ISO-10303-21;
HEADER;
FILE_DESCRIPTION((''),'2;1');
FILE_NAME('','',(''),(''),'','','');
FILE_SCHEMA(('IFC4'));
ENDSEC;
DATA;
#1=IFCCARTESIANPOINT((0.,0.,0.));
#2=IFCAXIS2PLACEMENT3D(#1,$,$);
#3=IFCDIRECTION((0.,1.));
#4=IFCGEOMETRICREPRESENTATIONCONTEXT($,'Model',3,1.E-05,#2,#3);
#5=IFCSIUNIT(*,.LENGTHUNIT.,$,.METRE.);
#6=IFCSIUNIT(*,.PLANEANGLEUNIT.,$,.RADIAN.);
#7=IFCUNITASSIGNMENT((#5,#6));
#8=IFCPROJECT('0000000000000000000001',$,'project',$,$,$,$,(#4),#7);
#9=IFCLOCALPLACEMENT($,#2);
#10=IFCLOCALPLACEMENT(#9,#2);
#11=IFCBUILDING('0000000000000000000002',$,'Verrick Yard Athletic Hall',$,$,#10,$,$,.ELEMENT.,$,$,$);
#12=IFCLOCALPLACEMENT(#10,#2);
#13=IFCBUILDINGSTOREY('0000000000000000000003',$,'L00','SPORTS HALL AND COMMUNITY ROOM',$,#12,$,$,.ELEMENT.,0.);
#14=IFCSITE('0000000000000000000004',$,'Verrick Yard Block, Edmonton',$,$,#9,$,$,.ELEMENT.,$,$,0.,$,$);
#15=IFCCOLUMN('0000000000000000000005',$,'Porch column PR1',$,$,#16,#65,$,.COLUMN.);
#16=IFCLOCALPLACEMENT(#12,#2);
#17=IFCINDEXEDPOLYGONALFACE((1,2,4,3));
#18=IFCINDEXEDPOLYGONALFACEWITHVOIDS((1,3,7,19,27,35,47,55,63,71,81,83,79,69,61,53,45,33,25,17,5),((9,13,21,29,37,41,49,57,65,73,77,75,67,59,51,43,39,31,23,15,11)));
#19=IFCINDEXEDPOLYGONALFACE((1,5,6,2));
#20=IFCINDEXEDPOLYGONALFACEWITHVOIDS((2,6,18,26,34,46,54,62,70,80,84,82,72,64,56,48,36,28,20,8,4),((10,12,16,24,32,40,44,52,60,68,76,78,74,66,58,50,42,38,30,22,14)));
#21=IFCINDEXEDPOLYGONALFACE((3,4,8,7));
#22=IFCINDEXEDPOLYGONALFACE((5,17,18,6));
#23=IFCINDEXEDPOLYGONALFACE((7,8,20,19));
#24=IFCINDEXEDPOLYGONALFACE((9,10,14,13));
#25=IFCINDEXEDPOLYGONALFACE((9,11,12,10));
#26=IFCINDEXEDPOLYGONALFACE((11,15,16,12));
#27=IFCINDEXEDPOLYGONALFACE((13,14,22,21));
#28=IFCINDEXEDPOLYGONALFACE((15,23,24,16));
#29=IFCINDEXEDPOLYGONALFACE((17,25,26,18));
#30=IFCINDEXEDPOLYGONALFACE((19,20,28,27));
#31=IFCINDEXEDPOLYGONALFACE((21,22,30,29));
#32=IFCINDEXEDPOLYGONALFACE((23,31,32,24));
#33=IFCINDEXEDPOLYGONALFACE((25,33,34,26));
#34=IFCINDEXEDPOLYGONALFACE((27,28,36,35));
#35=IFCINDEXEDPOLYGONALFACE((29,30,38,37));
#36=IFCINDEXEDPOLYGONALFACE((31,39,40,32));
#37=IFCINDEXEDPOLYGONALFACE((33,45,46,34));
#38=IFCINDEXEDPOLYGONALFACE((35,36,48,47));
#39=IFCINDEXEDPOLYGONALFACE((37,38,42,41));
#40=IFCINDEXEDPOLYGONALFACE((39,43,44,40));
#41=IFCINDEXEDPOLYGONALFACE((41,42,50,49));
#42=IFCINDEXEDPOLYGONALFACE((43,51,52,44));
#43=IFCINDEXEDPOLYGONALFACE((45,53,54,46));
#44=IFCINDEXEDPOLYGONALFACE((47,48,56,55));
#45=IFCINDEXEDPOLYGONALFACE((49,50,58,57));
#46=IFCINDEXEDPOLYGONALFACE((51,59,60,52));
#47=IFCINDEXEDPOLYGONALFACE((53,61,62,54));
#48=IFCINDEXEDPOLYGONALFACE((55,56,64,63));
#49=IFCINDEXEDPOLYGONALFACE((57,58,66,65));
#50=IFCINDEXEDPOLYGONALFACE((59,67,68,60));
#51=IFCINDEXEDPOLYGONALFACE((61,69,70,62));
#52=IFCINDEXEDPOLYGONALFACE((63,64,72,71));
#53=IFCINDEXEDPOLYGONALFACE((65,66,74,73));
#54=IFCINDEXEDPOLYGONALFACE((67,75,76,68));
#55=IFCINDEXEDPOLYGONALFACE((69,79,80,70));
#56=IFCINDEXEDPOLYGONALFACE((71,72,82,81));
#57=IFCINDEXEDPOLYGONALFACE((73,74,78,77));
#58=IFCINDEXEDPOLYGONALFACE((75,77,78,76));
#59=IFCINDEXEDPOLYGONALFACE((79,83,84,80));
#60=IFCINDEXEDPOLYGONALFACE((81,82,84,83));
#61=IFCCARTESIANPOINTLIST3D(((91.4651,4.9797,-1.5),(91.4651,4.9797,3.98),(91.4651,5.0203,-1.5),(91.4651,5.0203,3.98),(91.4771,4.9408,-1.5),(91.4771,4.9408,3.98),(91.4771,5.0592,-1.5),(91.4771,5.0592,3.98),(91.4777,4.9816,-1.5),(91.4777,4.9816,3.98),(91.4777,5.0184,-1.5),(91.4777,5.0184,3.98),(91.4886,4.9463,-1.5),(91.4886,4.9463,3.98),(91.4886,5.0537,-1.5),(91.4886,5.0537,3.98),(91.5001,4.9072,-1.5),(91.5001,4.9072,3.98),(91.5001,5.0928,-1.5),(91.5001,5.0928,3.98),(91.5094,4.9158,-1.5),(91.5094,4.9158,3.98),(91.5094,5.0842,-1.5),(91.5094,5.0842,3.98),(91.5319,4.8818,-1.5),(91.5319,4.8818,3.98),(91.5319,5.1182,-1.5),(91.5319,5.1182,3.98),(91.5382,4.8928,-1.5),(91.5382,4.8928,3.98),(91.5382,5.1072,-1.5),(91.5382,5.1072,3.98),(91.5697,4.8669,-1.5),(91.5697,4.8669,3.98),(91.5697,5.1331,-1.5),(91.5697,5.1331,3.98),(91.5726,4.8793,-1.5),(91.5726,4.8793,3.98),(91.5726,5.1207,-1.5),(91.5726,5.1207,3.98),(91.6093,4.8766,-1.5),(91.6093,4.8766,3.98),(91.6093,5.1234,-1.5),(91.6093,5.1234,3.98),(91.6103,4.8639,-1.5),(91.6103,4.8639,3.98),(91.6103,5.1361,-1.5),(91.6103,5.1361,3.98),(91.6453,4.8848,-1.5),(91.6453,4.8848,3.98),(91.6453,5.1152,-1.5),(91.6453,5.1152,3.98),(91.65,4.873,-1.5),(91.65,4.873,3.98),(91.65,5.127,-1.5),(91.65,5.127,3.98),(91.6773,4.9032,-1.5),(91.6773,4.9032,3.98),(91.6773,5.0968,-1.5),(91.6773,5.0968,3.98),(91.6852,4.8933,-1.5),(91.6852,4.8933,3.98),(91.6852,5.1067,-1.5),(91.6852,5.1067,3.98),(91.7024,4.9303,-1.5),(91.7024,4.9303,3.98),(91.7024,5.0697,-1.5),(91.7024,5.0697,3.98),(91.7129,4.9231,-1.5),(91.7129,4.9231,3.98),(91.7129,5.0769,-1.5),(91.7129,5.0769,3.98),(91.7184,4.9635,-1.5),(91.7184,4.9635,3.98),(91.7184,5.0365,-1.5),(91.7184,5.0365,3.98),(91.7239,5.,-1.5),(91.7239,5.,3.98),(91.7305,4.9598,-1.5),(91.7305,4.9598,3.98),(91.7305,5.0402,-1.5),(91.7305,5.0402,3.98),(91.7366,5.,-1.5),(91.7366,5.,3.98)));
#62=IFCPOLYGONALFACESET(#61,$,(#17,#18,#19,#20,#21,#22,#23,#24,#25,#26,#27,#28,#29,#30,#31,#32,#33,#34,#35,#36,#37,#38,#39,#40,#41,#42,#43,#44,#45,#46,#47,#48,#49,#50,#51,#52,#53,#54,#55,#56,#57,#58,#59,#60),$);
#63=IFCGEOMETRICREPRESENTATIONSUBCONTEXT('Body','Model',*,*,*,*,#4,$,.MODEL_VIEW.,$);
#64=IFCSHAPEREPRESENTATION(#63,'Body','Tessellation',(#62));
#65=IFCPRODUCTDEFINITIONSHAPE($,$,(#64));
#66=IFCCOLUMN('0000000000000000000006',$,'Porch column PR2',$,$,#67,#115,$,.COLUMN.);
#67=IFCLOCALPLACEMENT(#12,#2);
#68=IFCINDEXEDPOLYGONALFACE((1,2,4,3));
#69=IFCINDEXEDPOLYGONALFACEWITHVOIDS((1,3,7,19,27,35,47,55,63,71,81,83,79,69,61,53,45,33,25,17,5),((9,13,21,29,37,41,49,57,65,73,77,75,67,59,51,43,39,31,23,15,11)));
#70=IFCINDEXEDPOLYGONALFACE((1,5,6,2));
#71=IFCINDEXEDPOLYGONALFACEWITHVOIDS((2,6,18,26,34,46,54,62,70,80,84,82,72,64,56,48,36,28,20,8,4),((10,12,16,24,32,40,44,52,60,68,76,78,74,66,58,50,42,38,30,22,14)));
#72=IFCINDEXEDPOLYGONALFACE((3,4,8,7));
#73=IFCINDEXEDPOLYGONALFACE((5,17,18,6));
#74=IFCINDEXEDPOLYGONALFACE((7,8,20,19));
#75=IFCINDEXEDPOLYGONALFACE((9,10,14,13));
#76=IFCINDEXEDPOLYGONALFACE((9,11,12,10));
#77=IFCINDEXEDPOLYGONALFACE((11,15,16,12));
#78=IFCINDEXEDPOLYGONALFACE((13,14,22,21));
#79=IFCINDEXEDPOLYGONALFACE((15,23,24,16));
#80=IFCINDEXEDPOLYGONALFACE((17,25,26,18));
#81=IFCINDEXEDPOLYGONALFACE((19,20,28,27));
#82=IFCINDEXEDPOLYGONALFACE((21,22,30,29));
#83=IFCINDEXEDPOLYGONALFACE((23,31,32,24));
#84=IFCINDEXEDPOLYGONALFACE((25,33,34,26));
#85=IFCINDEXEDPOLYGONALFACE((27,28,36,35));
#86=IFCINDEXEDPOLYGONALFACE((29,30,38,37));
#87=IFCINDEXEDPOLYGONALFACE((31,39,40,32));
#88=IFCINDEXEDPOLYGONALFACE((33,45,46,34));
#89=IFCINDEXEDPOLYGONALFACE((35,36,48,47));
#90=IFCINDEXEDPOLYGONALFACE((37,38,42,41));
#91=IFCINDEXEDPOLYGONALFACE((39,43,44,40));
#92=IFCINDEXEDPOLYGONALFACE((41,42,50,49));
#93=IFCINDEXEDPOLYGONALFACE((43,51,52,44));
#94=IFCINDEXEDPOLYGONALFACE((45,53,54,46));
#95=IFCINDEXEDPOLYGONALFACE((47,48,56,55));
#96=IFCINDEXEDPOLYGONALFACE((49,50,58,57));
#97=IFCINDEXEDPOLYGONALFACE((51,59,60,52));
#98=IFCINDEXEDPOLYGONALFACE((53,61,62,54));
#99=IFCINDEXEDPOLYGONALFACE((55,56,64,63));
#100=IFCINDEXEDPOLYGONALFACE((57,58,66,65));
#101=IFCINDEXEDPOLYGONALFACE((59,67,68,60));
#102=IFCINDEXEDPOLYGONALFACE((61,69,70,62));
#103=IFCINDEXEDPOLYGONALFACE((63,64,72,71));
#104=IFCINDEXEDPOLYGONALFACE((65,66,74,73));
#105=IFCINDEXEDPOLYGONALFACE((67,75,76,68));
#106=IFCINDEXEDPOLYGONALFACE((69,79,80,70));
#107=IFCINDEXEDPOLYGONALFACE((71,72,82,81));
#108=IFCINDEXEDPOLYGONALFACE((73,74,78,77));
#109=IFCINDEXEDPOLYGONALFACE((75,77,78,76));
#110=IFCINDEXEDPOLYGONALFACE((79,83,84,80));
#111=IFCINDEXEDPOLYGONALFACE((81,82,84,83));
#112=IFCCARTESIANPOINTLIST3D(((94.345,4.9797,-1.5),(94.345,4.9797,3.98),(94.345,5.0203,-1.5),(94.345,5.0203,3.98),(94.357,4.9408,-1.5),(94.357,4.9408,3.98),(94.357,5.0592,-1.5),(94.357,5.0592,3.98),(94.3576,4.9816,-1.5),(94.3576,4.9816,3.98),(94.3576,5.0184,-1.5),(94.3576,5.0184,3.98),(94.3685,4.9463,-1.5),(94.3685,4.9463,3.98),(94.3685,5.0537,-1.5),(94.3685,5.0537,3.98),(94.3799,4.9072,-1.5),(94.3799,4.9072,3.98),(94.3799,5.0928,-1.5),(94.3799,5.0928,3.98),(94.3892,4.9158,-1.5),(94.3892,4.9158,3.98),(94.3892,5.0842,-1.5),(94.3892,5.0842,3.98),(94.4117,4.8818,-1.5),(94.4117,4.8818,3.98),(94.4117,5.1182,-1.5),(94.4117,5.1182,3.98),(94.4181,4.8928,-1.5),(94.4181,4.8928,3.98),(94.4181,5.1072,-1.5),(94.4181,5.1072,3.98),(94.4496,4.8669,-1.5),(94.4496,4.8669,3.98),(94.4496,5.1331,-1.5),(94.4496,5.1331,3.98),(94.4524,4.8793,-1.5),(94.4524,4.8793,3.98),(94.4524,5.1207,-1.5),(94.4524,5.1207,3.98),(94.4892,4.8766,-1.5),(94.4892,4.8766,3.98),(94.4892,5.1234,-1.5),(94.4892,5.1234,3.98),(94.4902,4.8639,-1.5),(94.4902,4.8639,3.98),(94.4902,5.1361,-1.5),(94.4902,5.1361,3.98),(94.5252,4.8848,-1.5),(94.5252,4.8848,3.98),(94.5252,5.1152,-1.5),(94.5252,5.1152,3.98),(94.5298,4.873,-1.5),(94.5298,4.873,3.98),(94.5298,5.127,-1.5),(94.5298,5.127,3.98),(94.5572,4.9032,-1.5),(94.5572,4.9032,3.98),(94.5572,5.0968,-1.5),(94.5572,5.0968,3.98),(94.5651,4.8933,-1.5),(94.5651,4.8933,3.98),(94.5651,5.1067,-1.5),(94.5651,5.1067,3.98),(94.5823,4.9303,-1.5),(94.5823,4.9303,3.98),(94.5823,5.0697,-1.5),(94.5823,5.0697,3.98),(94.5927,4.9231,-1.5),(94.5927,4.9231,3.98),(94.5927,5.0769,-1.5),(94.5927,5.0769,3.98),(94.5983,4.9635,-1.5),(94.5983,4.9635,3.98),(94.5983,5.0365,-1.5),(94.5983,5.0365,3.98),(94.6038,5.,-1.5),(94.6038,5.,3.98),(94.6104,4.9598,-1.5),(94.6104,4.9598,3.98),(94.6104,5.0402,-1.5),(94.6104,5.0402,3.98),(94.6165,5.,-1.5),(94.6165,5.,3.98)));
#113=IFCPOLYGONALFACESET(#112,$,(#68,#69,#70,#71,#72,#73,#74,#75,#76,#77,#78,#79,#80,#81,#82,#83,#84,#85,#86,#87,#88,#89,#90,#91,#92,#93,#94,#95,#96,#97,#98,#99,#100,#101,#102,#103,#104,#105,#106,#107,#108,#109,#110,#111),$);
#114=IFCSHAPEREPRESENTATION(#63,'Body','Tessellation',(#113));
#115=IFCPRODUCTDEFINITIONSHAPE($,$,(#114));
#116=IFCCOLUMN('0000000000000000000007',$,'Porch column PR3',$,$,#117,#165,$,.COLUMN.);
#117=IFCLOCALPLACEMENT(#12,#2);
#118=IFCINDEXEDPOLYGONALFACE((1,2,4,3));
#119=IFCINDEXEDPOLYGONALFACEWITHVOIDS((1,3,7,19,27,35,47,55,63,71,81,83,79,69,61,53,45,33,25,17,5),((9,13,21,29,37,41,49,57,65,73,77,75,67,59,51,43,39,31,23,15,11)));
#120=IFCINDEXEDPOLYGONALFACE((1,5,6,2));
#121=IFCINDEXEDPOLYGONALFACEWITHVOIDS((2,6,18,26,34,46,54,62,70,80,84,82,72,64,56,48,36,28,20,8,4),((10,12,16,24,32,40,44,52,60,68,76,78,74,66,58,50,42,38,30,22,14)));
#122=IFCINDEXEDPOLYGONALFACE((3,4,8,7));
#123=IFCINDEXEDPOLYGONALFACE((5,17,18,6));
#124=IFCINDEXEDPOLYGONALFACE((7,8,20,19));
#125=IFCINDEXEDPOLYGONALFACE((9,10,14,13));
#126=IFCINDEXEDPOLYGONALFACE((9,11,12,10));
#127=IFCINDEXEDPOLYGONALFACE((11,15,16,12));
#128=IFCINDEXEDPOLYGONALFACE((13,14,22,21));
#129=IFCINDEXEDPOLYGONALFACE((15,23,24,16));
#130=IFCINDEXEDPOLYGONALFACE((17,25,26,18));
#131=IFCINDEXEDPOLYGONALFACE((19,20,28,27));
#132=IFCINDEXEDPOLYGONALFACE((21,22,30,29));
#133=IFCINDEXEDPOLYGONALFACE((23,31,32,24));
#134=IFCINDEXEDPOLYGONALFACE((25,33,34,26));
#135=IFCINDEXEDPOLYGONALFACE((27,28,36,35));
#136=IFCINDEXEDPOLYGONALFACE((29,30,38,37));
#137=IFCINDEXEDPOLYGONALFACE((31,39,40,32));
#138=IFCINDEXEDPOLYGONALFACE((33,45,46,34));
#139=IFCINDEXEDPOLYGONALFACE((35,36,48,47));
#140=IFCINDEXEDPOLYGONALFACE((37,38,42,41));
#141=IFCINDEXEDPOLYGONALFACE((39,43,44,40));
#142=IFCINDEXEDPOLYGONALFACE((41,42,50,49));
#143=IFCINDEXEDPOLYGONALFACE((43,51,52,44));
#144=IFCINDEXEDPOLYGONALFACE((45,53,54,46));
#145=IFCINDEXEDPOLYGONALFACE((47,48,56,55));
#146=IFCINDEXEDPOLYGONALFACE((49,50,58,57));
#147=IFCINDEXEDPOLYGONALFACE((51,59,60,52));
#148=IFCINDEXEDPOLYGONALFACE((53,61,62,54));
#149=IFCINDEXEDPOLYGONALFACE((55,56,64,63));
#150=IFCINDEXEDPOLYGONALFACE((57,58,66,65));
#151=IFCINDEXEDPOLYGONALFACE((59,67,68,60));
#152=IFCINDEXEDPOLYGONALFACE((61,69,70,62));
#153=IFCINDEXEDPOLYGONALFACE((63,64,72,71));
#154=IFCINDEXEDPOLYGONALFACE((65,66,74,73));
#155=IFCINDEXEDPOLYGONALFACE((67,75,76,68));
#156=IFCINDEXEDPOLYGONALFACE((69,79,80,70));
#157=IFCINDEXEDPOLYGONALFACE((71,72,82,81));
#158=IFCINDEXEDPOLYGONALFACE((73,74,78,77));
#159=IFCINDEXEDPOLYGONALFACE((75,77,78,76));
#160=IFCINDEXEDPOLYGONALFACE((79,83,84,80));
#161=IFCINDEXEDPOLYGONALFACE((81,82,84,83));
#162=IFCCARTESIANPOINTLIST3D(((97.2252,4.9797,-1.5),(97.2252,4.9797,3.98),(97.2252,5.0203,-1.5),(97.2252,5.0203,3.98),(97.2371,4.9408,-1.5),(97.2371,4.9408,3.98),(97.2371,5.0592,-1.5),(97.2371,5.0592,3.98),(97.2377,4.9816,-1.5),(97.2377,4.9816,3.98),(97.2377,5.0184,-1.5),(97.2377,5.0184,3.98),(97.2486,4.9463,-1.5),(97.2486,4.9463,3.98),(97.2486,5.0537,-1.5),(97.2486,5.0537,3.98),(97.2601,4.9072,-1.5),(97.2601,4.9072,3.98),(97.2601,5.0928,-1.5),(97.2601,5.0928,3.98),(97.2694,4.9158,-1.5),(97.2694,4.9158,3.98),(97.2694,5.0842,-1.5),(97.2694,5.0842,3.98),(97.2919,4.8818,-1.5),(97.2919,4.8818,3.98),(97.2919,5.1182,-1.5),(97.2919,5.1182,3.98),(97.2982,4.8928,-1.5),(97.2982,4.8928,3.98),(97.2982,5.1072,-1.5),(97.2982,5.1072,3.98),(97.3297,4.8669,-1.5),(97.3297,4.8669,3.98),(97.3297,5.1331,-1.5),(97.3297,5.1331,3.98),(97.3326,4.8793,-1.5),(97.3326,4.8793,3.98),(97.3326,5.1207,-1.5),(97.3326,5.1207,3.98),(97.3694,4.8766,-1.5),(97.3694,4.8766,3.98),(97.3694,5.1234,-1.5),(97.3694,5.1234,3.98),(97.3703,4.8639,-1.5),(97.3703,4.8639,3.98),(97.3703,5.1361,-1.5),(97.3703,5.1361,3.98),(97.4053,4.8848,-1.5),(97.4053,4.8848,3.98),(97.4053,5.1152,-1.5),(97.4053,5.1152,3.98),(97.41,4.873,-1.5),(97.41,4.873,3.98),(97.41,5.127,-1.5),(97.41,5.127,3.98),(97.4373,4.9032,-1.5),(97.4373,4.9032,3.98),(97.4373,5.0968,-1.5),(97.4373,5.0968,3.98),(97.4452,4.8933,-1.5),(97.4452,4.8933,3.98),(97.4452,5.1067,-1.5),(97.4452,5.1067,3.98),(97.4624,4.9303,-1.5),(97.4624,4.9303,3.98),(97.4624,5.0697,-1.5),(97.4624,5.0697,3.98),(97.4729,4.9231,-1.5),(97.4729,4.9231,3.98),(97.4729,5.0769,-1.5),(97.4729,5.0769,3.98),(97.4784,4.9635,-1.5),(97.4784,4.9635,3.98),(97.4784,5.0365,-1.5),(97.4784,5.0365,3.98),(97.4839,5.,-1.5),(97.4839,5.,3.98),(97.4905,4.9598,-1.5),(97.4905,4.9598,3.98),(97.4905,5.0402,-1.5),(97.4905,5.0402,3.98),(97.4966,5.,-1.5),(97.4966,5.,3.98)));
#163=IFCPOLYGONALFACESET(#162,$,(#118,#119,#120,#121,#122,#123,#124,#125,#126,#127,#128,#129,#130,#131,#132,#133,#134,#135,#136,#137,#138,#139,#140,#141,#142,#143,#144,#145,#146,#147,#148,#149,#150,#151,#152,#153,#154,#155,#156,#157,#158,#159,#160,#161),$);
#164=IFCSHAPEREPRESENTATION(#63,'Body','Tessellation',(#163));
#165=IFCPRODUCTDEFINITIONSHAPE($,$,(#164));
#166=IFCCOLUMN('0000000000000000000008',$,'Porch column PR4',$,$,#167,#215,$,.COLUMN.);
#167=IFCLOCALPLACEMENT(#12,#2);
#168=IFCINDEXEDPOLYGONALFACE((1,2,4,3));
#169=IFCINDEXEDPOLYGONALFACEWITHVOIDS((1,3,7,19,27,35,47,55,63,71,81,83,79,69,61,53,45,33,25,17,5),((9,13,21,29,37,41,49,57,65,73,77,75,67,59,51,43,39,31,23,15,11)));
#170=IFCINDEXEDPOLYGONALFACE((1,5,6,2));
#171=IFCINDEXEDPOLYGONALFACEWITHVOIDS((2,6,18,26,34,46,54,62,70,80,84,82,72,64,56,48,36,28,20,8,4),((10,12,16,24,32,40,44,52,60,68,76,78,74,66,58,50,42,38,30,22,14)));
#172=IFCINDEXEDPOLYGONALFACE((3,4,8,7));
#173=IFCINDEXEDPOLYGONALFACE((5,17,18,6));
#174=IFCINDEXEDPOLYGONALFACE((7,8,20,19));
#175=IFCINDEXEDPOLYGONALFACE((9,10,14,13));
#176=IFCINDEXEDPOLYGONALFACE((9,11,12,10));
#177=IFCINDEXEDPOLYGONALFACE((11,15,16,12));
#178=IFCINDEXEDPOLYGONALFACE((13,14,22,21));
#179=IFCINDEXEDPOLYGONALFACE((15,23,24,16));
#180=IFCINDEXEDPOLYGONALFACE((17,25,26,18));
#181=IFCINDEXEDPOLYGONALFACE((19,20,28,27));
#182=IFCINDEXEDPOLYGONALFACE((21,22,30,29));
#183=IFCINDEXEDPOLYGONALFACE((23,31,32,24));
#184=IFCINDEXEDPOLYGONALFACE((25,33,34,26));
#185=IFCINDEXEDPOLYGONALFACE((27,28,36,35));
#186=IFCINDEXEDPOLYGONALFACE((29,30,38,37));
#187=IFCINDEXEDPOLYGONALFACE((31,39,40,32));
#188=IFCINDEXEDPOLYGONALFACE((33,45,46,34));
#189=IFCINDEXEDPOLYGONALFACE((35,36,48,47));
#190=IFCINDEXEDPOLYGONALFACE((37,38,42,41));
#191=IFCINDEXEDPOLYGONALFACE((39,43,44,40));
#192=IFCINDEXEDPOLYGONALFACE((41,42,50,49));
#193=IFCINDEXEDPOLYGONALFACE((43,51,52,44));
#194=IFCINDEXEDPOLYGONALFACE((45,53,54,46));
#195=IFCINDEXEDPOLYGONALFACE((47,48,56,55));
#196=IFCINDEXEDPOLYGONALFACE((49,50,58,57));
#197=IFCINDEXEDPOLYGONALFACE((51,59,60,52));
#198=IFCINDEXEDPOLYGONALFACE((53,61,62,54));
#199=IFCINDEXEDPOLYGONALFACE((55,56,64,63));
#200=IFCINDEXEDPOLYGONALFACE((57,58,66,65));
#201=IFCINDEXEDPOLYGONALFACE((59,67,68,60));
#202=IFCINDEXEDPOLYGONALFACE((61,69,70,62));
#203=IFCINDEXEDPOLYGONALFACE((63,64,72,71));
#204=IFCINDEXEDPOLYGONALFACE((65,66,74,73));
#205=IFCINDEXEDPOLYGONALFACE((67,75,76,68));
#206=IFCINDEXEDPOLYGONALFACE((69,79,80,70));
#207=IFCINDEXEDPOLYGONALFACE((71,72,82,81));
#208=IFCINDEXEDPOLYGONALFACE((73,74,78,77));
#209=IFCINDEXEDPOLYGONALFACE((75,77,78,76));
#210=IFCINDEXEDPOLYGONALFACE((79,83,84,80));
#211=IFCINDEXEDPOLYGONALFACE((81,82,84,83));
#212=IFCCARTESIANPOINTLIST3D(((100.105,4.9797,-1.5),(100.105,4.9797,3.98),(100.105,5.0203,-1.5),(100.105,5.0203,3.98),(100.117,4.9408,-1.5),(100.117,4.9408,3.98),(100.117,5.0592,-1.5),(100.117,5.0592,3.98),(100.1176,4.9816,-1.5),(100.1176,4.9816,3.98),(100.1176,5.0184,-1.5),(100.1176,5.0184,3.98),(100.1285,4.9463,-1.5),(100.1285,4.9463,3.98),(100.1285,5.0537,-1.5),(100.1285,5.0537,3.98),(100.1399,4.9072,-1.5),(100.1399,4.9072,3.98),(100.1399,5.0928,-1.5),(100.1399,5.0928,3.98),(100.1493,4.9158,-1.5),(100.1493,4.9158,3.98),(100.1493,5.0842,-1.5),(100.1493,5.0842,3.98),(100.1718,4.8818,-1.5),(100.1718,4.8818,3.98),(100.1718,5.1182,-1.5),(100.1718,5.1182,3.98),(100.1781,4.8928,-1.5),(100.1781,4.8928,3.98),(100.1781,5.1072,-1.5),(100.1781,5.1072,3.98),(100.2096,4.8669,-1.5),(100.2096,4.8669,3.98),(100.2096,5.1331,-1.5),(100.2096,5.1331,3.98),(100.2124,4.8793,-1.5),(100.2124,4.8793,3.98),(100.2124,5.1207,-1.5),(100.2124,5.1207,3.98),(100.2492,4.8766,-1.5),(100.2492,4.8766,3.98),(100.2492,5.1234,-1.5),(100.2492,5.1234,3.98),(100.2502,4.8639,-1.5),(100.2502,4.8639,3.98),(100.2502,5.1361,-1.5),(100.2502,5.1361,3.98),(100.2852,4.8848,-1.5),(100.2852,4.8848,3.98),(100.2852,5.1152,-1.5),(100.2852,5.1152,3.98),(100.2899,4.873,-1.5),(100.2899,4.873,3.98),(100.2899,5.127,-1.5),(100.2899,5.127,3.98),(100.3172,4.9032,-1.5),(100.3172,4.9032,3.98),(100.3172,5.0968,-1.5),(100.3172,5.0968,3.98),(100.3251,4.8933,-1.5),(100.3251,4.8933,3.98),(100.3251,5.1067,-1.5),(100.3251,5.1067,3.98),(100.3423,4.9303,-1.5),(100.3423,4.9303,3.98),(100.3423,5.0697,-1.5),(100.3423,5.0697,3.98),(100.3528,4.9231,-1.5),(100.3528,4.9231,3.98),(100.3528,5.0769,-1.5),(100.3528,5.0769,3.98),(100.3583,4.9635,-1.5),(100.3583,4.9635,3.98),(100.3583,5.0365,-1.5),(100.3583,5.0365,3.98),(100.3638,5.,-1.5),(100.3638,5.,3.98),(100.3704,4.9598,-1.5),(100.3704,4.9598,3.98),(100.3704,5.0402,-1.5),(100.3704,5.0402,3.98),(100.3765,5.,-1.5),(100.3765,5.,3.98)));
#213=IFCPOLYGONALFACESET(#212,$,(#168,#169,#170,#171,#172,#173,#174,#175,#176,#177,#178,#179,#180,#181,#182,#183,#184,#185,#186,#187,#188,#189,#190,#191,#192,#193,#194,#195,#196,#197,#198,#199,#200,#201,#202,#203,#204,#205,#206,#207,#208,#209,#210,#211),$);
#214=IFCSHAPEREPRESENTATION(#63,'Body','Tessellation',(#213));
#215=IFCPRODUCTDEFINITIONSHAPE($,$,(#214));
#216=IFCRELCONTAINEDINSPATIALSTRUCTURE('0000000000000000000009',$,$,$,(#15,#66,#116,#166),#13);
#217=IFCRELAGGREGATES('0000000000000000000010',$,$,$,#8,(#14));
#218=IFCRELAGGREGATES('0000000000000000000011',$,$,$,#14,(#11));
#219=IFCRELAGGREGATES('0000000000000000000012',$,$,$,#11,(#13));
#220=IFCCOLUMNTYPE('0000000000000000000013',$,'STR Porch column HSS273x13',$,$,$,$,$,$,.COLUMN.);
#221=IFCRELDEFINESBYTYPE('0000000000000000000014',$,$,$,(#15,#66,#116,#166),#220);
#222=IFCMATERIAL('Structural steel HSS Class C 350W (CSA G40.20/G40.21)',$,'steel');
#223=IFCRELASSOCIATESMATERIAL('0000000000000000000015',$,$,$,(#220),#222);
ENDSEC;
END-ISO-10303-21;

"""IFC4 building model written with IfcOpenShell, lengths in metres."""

from ifc_helpers import new_model, si_unit, direction, frame, origin, origin_2d, place, context, subcontext, project, spatial, hollow_circle, extrude, material, material_profile, profile_set, type_object, element, save


model = new_model("IFC4")

# Units and contexts
model_context = context("Model", 3, precision=1e-05, world=origin(), true_north=direction((0.0, 1.0)))
body_context = subcontext(model_context, "Body", "Model", "MODEL_VIEW")
ifc_project = project(units=[si_unit("LENGTHUNIT", "METRE"), si_unit("PLANEANGLEUNIT", "RADIAN")], contexts=[model_context])

# Site, building, storey
site_placement = place(None, origin())
site = spatial("IfcSite", under=ifc_project, at=site_placement, Name="Verrick Yard Block, Edmonton", CompositionType="ELEMENT", RefElevation=0.0)
building_placement = place(site_placement, origin())
building = spatial("IfcBuilding", under=site, at=building_placement, Name="Verrick Yard Athletic Hall", CompositionType="ELEMENT")
storey_placement = place(building_placement, origin())
storey = spatial("IfcBuildingStorey", under=building, at=storey_placement, Name="L00", Description="SPORTS HALL AND COMMUNITY ROOM", CompositionType="ELEMENT", Elevation=0.0)

# Columns
ifc_material_1 = material(Name="Structural steel HSS Class C 350W (CSA G40.20/G40.21)", Category="steel")
ifc_material_profile_1 = material_profile(ifc_material_1, hollow_circle(Radius=0.1365, WallThickness=0.0127, at=origin_2d()), Name="HSS273x13")
ifc_profile_set_1 = profile_set([ifc_material_profile_1], Name="Structural steel HSS Class C 350W (CSA G40.20/G40.21)")
column_type = type_object("IfcColumnType", Name="STR Porch column HSS273x13", PredefinedType="COLUMN", material=ifc_profile_set_1)
for number, where, z_axis, x_axis, name in (
    (1, (91.6001, 5.0, -1.5), (0.0, 0.0, 1.0), (1.0, 0.0, 0.0), "Porch column PR1"),
    (2, (94.48, 5.0, -1.5), (0.0, 0.0, 1.0), (1.0, 0.0, 0.0), "Porch column PR2"),
    (3, (97.3601, 5.0, -1.5), (0.0, 0.0, 1.0), (1.0, 0.0, 0.0), "Porch column PR3"),
    (4, (100.24, 5.0, -1.5), (0.0, 0.0, 1.0), (1.0, 0.0, 0.0), "Porch column PR4"),
):
    element("IfcColumn", number, at=place(storey_placement, frame(where, z_axis=z_axis, x_axis=x_axis)), inside=storey, type_object=column_type, Name=name, PredefinedType="COLUMN", context=body_context, shape_type="SweptSolid", body=[
        extrude(hollow_circle(Radius=0.1365, WallThickness=0.0127, at=origin_2d()), origin(), (0.0, 0.0, 1.0), 5.48),
    ])

save(model, "model.ifc")
